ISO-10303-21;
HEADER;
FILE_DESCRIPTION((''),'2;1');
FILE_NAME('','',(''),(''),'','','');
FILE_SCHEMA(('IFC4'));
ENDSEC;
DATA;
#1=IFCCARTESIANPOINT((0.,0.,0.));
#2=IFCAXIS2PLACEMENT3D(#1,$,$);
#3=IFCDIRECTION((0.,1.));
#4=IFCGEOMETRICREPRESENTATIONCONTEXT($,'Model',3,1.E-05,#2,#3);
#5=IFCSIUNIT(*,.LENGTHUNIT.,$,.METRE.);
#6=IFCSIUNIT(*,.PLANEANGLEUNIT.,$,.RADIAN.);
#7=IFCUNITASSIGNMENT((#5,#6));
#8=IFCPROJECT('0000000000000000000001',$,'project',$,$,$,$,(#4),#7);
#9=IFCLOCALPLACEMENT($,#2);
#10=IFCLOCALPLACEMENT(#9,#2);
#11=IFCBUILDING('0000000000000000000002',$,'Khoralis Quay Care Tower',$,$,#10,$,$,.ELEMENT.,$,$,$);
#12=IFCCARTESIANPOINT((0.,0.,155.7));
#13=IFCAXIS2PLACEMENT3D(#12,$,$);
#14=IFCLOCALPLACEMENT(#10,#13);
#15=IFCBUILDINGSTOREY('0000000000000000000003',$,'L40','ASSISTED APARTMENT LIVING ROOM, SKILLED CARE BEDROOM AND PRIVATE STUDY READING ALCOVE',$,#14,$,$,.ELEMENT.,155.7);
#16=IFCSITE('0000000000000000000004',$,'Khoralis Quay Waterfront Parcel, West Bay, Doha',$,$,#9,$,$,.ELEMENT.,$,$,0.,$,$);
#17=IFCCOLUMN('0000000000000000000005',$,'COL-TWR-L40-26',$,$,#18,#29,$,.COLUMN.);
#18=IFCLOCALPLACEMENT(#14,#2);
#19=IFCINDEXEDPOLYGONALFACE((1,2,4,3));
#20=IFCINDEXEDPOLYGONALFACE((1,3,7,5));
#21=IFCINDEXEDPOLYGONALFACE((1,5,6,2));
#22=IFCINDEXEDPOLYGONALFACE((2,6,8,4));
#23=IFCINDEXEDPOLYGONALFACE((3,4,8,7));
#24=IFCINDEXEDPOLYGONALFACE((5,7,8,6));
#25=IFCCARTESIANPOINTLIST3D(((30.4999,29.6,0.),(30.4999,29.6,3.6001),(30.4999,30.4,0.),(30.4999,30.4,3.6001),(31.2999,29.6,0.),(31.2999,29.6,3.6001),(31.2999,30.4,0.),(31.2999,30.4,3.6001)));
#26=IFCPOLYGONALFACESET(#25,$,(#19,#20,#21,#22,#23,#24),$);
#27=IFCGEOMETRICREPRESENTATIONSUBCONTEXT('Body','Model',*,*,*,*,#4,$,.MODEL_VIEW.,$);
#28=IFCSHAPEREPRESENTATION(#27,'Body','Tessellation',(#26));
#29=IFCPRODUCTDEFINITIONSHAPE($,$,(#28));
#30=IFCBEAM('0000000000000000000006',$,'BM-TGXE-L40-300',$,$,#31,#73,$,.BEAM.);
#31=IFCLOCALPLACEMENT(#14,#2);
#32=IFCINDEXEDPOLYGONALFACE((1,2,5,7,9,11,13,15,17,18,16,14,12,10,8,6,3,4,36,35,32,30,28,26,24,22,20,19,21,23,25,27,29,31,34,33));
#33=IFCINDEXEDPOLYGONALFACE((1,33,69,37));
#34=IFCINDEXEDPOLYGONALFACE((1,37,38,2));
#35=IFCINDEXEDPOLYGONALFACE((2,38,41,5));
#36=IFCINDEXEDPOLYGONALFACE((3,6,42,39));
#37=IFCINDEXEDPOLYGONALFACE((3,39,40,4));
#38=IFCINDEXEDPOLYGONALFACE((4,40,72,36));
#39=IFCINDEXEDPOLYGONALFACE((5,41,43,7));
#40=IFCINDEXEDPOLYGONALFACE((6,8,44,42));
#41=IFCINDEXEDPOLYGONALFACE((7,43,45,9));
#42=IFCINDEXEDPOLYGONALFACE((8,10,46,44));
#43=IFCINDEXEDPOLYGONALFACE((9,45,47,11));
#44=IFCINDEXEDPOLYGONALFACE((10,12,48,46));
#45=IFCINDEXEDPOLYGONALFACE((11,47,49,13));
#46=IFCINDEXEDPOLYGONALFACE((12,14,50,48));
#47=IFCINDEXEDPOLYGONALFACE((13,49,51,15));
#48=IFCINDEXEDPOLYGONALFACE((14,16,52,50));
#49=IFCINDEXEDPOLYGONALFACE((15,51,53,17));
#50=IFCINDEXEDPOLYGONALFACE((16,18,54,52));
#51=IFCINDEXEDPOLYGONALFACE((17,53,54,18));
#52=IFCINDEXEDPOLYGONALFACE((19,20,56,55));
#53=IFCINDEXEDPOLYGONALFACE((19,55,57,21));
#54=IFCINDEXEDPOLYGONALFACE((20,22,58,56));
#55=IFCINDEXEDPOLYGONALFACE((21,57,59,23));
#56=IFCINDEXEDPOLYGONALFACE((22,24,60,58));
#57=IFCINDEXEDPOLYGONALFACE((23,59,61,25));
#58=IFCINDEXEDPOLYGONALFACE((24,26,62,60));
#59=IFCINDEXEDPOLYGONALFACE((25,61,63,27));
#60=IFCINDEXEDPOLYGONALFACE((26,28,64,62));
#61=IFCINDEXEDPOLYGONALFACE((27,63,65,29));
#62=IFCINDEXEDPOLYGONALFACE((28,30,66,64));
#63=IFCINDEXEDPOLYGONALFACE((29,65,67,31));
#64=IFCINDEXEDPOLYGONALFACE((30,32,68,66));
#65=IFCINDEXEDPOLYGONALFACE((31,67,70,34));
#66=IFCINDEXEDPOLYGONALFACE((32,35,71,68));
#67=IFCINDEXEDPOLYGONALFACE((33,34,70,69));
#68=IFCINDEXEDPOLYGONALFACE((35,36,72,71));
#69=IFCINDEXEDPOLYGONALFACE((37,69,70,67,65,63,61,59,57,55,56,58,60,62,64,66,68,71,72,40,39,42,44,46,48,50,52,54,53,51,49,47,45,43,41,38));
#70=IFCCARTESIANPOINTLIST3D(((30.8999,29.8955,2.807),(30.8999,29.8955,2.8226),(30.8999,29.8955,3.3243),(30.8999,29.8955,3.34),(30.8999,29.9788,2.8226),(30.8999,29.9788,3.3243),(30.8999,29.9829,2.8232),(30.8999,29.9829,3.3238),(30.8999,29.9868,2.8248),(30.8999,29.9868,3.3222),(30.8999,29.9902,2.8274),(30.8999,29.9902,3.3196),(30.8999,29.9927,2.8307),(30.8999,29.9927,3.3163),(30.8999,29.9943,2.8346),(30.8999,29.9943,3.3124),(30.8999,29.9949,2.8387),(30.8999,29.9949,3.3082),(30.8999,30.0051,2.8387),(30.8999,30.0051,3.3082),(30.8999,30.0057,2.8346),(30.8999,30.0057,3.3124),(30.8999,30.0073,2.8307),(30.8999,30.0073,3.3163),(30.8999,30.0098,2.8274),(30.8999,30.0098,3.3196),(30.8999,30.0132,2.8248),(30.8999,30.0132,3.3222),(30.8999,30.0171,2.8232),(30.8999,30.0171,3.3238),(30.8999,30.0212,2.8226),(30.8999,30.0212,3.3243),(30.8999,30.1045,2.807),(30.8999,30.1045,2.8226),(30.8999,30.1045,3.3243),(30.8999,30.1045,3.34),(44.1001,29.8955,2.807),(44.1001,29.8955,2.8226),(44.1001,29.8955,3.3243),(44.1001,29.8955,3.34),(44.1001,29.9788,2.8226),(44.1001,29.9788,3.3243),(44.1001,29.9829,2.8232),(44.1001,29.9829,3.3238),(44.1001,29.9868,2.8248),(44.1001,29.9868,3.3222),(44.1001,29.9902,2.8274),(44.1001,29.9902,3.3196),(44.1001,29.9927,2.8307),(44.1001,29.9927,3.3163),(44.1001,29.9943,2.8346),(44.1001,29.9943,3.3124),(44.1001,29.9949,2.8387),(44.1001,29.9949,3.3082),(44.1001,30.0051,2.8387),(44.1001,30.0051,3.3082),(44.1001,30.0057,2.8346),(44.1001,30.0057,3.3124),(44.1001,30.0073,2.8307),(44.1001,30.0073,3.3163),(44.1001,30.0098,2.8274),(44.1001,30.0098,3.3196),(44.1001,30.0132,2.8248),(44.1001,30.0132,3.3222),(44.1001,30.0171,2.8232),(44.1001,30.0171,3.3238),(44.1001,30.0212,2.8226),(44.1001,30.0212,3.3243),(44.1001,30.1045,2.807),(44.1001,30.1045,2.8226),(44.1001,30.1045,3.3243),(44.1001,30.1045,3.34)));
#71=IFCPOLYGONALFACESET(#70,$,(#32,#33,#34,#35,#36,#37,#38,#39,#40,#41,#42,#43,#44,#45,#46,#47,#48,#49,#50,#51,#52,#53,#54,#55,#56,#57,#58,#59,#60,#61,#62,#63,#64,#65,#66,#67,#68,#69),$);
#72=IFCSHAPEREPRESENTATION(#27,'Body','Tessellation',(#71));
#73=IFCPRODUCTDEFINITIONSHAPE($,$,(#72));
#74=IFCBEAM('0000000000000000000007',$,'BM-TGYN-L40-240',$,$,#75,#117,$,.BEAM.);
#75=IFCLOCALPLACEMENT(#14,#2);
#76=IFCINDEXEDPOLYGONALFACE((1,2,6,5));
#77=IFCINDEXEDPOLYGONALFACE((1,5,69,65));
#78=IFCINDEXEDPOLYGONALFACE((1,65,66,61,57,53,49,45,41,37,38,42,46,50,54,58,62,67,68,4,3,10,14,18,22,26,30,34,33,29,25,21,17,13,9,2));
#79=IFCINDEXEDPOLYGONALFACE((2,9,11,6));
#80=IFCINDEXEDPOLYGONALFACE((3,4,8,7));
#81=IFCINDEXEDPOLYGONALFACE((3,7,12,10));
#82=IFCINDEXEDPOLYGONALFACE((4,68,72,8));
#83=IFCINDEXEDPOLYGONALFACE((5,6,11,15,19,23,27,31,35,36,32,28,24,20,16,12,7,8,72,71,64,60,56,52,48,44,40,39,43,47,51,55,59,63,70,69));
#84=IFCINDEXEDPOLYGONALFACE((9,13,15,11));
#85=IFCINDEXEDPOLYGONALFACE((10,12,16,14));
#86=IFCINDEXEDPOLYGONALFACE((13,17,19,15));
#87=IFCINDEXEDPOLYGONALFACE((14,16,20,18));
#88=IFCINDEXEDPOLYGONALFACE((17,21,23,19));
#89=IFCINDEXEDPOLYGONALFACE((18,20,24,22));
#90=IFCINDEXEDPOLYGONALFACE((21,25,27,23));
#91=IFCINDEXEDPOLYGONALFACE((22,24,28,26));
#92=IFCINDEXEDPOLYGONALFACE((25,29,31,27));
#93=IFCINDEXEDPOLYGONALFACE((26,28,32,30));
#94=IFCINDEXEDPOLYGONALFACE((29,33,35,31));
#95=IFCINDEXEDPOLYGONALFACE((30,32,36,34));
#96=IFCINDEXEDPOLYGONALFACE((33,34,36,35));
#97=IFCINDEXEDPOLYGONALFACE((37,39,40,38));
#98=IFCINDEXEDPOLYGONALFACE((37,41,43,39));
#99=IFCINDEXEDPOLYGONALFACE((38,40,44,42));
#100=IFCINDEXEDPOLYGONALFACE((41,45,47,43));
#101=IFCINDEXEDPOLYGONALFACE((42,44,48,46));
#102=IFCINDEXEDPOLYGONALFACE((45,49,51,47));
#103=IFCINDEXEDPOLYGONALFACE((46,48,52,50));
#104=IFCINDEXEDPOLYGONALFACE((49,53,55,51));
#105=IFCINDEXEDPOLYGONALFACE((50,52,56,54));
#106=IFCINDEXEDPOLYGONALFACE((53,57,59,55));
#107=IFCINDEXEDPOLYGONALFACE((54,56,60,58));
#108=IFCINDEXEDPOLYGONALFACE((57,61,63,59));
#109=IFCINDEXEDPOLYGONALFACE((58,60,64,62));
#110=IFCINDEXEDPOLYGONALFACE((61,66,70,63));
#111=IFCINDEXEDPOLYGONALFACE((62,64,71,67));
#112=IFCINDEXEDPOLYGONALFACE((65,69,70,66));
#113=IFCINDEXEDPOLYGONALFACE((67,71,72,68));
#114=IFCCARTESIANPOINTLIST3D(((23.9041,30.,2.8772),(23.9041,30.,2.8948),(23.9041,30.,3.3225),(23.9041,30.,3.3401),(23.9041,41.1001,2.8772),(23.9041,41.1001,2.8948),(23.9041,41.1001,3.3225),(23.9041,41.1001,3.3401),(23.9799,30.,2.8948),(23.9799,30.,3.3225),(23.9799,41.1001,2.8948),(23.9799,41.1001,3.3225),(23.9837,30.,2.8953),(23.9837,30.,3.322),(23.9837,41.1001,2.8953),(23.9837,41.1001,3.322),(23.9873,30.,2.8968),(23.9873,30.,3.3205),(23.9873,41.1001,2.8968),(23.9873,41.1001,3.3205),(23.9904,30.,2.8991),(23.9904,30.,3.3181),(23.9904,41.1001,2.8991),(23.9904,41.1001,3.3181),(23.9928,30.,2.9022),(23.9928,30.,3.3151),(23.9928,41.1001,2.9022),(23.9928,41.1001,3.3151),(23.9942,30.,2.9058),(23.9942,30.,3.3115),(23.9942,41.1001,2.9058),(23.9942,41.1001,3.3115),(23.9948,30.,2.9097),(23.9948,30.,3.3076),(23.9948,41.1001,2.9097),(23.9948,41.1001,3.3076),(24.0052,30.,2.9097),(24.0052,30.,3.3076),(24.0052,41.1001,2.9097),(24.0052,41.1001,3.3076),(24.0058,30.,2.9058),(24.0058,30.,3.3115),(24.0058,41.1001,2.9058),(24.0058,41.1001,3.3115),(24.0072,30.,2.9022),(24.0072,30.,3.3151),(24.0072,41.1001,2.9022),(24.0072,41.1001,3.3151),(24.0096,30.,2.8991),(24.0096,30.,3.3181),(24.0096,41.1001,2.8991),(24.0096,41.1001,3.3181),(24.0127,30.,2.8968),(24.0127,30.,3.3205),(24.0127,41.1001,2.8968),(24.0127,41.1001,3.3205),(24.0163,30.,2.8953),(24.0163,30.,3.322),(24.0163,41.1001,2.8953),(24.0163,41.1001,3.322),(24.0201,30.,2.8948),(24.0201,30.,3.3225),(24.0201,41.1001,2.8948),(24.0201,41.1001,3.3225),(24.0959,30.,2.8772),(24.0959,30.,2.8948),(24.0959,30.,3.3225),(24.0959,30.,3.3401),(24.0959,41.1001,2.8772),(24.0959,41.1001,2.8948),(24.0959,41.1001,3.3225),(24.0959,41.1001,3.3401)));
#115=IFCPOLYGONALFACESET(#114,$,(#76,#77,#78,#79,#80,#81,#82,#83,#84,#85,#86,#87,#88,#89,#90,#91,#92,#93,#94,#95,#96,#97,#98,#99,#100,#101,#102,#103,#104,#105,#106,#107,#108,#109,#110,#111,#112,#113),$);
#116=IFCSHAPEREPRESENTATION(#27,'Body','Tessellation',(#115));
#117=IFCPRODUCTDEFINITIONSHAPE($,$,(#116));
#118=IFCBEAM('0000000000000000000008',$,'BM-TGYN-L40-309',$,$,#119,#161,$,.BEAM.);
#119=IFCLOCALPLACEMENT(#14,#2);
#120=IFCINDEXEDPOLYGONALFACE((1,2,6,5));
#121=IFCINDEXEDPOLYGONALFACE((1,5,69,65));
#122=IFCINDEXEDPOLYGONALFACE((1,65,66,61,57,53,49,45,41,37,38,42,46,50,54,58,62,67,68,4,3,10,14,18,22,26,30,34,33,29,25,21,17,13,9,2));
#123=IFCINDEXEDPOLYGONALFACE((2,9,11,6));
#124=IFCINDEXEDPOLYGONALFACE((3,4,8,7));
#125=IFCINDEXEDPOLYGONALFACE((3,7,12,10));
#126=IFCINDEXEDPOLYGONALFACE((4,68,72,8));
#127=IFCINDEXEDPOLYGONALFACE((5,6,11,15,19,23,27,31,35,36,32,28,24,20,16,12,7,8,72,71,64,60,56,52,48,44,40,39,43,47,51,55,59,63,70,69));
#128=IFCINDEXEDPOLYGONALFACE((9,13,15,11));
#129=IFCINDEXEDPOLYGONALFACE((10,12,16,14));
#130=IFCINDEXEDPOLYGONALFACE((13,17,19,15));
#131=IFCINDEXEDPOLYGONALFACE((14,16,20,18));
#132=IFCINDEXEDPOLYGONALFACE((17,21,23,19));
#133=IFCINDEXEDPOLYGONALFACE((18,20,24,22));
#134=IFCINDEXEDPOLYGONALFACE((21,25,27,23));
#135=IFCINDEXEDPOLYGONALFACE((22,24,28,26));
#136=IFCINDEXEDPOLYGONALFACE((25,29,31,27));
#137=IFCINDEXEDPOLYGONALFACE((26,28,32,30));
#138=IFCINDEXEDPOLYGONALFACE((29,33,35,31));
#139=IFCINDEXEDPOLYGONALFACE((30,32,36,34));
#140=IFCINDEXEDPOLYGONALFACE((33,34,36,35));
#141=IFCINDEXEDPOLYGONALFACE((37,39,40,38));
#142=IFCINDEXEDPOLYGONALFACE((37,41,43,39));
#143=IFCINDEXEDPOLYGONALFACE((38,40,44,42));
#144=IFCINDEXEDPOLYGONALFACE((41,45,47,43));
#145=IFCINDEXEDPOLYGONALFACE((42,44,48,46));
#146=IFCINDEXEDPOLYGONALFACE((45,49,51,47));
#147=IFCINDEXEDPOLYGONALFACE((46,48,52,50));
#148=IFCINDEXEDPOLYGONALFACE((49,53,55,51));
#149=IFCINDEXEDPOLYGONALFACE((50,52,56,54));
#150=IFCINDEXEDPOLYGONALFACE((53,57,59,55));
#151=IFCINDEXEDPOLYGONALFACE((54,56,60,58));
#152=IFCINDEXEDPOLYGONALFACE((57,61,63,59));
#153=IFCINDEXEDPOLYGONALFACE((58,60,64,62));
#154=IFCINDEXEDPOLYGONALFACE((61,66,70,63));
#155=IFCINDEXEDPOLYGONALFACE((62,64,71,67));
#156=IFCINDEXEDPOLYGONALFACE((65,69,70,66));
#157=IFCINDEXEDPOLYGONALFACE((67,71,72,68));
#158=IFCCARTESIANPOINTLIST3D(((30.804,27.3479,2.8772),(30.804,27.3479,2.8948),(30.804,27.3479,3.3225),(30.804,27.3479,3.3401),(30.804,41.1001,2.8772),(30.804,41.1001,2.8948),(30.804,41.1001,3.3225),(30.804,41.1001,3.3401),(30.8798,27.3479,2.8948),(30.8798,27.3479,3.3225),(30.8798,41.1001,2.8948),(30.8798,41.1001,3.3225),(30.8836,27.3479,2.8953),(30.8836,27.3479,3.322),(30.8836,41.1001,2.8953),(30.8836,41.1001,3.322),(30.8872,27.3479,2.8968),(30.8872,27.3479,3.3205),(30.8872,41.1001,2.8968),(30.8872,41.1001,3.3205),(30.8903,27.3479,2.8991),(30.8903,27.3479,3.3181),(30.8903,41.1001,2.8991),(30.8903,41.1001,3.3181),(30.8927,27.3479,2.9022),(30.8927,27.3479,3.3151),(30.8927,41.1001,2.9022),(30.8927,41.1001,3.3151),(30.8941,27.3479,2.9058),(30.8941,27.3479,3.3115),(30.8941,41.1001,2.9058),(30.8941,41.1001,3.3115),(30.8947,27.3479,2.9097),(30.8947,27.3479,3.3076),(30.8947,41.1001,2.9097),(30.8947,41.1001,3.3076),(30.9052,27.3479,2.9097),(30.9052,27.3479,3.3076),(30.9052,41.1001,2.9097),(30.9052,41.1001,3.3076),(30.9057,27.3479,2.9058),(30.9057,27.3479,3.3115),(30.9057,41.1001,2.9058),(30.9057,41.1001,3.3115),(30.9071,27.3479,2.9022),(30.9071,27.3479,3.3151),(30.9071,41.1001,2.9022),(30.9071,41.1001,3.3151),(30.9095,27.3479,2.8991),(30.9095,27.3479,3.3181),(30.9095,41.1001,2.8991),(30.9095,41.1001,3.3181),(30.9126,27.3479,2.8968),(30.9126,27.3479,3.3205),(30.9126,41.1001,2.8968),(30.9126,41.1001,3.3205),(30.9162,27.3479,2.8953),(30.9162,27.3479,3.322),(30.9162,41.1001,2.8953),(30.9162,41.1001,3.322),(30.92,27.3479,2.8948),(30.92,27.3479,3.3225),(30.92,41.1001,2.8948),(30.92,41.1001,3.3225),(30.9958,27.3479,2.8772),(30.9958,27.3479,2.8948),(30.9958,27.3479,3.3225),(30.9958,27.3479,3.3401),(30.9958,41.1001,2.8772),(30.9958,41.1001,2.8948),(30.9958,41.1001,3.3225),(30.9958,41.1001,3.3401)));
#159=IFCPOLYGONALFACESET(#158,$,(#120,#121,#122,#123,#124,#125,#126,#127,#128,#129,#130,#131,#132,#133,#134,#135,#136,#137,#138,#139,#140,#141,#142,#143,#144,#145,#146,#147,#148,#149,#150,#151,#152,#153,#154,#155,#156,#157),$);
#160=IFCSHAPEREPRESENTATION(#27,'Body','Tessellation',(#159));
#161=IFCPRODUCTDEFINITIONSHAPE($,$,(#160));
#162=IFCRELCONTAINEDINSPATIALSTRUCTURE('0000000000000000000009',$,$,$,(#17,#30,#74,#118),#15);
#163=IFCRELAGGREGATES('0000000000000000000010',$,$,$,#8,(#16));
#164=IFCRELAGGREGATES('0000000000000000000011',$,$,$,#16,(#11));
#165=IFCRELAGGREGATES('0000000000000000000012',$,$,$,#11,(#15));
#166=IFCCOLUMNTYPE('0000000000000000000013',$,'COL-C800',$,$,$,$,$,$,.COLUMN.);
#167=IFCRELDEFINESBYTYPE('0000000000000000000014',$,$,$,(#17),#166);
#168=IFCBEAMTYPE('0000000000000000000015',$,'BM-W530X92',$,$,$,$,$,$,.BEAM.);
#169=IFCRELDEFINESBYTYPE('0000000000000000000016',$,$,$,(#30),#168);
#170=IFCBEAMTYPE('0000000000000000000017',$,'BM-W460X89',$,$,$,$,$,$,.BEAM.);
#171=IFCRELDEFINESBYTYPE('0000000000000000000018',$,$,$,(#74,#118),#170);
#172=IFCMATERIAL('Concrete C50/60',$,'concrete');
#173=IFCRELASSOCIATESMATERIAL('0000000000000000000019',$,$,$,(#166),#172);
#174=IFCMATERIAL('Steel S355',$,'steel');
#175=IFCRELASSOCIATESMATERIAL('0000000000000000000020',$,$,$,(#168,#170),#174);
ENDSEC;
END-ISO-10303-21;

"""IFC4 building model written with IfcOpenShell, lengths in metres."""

from ifc_helpers import new_model, si_unit, direction, frame, origin, origin_2d, place, context, subcontext, project, spatial, rectangle, i_section, extrude, source, transform, mapped, material, material_profile, profile_set, type_object, element, save


model = new_model("IFC4")

# Units and contexts
model_context = context("Model", 3, precision=1e-05, world=origin(), true_north=direction((0.0, 1.0)))
body_context = subcontext(model_context, "Body", "Model", "MODEL_VIEW")
ifc_project = project(units=[si_unit("LENGTHUNIT", "METRE"), si_unit("PLANEANGLEUNIT", "RADIAN")], contexts=[model_context])

# Site, building, storey
site_placement = place(None, origin())
site = spatial("IfcSite", under=ifc_project, at=site_placement, Name="Khoralis Quay Waterfront Parcel, West Bay, Doha", CompositionType="ELEMENT", RefElevation=0.0)
building_placement = place(site_placement, origin())
building = spatial("IfcBuilding", under=site, at=building_placement, Name="Khoralis Quay Care Tower", CompositionType="ELEMENT")
storey_placement = place(building_placement, frame((0.0, 0.0, 155.7)))
storey = spatial("IfcBuildingStorey", under=building, at=storey_placement, Name="L40", Description="ASSISTED APARTMENT LIVING ROOM, SKILLED CARE BEDROOM AND PRIVATE STUDY READING ALCOVE", CompositionType="ELEMENT", Elevation=155.7)

# Column
ifc_material_1 = material(Name="Concrete C50/60", Category="concrete")
ifc_material_profile_1 = material_profile(ifc_material_1, rectangle(XDim=0.8, YDim=0.8, at=origin_2d()), Name="Concrete C50/60")
ifc_profile_set_1 = profile_set([ifc_material_profile_1], Name="Concrete C50/60")
column_type = type_object("IfcColumnType", Name="COL-C800", PredefinedType="COLUMN", material=ifc_profile_set_1)
shared_shape_1 = source(origin(), body_context, "Body", "SweptSolid", [
    extrude(rectangle(XDim=0.8, YDim=0.8, at=origin_2d()), origin(), (0.0, 0.0, 1.0), 3.6001),
])
column_placement = place(storey_placement, frame((30.8999, 30.0, 0.0), z_axis=(0.0, 0.0, 1.0), x_axis=(1.0, 0.0, 0.0)))
element("IfcColumn", 1, at=column_placement, inside=storey, type_object=column_type, Name="COL-TWR-L40-26", PredefinedType="COLUMN", context=body_context, shape_type="MappedRepresentation", body=[
    mapped(shared_shape_1, transform((0.0, 0.0, 0.0), scale=1.0)),
])

# Beams
ifc_material_2 = material(Name="Steel S355", Category="steel")
ifc_material_profile_2 = material_profile(ifc_material_2, i_section(OverallWidth=0.209, OverallDepth=0.533, WebThickness=0.0103, FlangeThickness=0.0156, FilletRadius=0.0161, at=origin_2d()), Name="Steel S355")
ifc_profile_set_2 = profile_set([ifc_material_profile_2], Name="Steel S355")
beam_type_1 = type_object("IfcBeamType", Name="BM-W530X92", PredefinedType="BEAM", material=ifc_profile_set_2)
shared_shape_2 = source(origin(), body_context, "Body", "SweptSolid", [
    extrude(i_section(OverallWidth=0.209, OverallDepth=0.533, WebThickness=0.0103, FlangeThickness=0.0156, FilletRadius=0.0161, at=origin_2d()), origin(), (0.0, 0.0, 1.0), 13.2002),
])
beam_1_placement = place(storey_placement, frame((30.8999, 30.0, 3.0735), z_axis=(1.0, 0.0, 0.0), x_axis=(0.0, 1.0, 0.0)))
element("IfcBeam", 2, at=beam_1_placement, inside=storey, type_object=beam_type_1, Name="BM-TGXE-L40-300", PredefinedType="BEAM", context=body_context, shape_type="MappedRepresentation", body=[
    mapped(shared_shape_2, transform((0.0, 0.0, 0.0), scale=1.0)),
])
ifc_material_profile_3 = material_profile(ifc_material_2, i_section(OverallWidth=0.1919, OverallDepth=0.4629, WebThickness=0.0105, FlangeThickness=0.0176, FilletRadius=0.0149, at=origin_2d()), Name="Steel S355")
ifc_profile_set_3 = profile_set([ifc_material_profile_3], Name="Steel S355")
beam_type_2 = type_object("IfcBeamType", Name="BM-W460X89", PredefinedType="BEAM", material=ifc_profile_set_3)
shared_shape_3 = source(origin(), body_context, "Body", "SweptSolid", [
    extrude(i_section(OverallWidth=0.1919, OverallDepth=0.4629, WebThickness=0.0105, FlangeThickness=0.0176, FilletRadius=0.0149, at=origin_2d()), origin(), (0.0, 0.0, 1.0), 11.1001),
])
beam_2_placement = place(storey_placement, frame((24.0, 30.0, 3.1086), z_axis=(0.0, 1.0, 0.0), x_axis=(-1.0, 0.0, 0.0)))
element("IfcBeam", 3, at=beam_2_placement, inside=storey, type_object=beam_type_2, Name="BM-TGYN-L40-240", PredefinedType="BEAM", context=body_context, shape_type="MappedRepresentation", body=[
    mapped(shared_shape_3, transform((0.0, 0.0, 0.0), scale=1.0)),
])
shared_shape_4 = source(origin(), body_context, "Body", "SweptSolid", [
    extrude(i_section(OverallWidth=0.1919, OverallDepth=0.4629, WebThickness=0.0105, FlangeThickness=0.0176, FilletRadius=0.0149, at=origin_2d()), origin(), (0.0, 0.0, 1.0), 13.7522),
])
beam_3_placement = place(storey_placement, frame((30.8999, 27.3479, 3.1086), z_axis=(0.0, 1.0, 0.0), x_axis=(-1.0, 0.0, 0.0)))
element("IfcBeam", 4, at=beam_3_placement, inside=storey, type_object=beam_type_2, Name="BM-TGYN-L40-309", PredefinedType="BEAM", context=body_context, shape_type="MappedRepresentation", body=[
    mapped(shared_shape_4, transform((0.0, 0.0, 0.0), scale=1.0)),
])

save(model, "model.ifc")
